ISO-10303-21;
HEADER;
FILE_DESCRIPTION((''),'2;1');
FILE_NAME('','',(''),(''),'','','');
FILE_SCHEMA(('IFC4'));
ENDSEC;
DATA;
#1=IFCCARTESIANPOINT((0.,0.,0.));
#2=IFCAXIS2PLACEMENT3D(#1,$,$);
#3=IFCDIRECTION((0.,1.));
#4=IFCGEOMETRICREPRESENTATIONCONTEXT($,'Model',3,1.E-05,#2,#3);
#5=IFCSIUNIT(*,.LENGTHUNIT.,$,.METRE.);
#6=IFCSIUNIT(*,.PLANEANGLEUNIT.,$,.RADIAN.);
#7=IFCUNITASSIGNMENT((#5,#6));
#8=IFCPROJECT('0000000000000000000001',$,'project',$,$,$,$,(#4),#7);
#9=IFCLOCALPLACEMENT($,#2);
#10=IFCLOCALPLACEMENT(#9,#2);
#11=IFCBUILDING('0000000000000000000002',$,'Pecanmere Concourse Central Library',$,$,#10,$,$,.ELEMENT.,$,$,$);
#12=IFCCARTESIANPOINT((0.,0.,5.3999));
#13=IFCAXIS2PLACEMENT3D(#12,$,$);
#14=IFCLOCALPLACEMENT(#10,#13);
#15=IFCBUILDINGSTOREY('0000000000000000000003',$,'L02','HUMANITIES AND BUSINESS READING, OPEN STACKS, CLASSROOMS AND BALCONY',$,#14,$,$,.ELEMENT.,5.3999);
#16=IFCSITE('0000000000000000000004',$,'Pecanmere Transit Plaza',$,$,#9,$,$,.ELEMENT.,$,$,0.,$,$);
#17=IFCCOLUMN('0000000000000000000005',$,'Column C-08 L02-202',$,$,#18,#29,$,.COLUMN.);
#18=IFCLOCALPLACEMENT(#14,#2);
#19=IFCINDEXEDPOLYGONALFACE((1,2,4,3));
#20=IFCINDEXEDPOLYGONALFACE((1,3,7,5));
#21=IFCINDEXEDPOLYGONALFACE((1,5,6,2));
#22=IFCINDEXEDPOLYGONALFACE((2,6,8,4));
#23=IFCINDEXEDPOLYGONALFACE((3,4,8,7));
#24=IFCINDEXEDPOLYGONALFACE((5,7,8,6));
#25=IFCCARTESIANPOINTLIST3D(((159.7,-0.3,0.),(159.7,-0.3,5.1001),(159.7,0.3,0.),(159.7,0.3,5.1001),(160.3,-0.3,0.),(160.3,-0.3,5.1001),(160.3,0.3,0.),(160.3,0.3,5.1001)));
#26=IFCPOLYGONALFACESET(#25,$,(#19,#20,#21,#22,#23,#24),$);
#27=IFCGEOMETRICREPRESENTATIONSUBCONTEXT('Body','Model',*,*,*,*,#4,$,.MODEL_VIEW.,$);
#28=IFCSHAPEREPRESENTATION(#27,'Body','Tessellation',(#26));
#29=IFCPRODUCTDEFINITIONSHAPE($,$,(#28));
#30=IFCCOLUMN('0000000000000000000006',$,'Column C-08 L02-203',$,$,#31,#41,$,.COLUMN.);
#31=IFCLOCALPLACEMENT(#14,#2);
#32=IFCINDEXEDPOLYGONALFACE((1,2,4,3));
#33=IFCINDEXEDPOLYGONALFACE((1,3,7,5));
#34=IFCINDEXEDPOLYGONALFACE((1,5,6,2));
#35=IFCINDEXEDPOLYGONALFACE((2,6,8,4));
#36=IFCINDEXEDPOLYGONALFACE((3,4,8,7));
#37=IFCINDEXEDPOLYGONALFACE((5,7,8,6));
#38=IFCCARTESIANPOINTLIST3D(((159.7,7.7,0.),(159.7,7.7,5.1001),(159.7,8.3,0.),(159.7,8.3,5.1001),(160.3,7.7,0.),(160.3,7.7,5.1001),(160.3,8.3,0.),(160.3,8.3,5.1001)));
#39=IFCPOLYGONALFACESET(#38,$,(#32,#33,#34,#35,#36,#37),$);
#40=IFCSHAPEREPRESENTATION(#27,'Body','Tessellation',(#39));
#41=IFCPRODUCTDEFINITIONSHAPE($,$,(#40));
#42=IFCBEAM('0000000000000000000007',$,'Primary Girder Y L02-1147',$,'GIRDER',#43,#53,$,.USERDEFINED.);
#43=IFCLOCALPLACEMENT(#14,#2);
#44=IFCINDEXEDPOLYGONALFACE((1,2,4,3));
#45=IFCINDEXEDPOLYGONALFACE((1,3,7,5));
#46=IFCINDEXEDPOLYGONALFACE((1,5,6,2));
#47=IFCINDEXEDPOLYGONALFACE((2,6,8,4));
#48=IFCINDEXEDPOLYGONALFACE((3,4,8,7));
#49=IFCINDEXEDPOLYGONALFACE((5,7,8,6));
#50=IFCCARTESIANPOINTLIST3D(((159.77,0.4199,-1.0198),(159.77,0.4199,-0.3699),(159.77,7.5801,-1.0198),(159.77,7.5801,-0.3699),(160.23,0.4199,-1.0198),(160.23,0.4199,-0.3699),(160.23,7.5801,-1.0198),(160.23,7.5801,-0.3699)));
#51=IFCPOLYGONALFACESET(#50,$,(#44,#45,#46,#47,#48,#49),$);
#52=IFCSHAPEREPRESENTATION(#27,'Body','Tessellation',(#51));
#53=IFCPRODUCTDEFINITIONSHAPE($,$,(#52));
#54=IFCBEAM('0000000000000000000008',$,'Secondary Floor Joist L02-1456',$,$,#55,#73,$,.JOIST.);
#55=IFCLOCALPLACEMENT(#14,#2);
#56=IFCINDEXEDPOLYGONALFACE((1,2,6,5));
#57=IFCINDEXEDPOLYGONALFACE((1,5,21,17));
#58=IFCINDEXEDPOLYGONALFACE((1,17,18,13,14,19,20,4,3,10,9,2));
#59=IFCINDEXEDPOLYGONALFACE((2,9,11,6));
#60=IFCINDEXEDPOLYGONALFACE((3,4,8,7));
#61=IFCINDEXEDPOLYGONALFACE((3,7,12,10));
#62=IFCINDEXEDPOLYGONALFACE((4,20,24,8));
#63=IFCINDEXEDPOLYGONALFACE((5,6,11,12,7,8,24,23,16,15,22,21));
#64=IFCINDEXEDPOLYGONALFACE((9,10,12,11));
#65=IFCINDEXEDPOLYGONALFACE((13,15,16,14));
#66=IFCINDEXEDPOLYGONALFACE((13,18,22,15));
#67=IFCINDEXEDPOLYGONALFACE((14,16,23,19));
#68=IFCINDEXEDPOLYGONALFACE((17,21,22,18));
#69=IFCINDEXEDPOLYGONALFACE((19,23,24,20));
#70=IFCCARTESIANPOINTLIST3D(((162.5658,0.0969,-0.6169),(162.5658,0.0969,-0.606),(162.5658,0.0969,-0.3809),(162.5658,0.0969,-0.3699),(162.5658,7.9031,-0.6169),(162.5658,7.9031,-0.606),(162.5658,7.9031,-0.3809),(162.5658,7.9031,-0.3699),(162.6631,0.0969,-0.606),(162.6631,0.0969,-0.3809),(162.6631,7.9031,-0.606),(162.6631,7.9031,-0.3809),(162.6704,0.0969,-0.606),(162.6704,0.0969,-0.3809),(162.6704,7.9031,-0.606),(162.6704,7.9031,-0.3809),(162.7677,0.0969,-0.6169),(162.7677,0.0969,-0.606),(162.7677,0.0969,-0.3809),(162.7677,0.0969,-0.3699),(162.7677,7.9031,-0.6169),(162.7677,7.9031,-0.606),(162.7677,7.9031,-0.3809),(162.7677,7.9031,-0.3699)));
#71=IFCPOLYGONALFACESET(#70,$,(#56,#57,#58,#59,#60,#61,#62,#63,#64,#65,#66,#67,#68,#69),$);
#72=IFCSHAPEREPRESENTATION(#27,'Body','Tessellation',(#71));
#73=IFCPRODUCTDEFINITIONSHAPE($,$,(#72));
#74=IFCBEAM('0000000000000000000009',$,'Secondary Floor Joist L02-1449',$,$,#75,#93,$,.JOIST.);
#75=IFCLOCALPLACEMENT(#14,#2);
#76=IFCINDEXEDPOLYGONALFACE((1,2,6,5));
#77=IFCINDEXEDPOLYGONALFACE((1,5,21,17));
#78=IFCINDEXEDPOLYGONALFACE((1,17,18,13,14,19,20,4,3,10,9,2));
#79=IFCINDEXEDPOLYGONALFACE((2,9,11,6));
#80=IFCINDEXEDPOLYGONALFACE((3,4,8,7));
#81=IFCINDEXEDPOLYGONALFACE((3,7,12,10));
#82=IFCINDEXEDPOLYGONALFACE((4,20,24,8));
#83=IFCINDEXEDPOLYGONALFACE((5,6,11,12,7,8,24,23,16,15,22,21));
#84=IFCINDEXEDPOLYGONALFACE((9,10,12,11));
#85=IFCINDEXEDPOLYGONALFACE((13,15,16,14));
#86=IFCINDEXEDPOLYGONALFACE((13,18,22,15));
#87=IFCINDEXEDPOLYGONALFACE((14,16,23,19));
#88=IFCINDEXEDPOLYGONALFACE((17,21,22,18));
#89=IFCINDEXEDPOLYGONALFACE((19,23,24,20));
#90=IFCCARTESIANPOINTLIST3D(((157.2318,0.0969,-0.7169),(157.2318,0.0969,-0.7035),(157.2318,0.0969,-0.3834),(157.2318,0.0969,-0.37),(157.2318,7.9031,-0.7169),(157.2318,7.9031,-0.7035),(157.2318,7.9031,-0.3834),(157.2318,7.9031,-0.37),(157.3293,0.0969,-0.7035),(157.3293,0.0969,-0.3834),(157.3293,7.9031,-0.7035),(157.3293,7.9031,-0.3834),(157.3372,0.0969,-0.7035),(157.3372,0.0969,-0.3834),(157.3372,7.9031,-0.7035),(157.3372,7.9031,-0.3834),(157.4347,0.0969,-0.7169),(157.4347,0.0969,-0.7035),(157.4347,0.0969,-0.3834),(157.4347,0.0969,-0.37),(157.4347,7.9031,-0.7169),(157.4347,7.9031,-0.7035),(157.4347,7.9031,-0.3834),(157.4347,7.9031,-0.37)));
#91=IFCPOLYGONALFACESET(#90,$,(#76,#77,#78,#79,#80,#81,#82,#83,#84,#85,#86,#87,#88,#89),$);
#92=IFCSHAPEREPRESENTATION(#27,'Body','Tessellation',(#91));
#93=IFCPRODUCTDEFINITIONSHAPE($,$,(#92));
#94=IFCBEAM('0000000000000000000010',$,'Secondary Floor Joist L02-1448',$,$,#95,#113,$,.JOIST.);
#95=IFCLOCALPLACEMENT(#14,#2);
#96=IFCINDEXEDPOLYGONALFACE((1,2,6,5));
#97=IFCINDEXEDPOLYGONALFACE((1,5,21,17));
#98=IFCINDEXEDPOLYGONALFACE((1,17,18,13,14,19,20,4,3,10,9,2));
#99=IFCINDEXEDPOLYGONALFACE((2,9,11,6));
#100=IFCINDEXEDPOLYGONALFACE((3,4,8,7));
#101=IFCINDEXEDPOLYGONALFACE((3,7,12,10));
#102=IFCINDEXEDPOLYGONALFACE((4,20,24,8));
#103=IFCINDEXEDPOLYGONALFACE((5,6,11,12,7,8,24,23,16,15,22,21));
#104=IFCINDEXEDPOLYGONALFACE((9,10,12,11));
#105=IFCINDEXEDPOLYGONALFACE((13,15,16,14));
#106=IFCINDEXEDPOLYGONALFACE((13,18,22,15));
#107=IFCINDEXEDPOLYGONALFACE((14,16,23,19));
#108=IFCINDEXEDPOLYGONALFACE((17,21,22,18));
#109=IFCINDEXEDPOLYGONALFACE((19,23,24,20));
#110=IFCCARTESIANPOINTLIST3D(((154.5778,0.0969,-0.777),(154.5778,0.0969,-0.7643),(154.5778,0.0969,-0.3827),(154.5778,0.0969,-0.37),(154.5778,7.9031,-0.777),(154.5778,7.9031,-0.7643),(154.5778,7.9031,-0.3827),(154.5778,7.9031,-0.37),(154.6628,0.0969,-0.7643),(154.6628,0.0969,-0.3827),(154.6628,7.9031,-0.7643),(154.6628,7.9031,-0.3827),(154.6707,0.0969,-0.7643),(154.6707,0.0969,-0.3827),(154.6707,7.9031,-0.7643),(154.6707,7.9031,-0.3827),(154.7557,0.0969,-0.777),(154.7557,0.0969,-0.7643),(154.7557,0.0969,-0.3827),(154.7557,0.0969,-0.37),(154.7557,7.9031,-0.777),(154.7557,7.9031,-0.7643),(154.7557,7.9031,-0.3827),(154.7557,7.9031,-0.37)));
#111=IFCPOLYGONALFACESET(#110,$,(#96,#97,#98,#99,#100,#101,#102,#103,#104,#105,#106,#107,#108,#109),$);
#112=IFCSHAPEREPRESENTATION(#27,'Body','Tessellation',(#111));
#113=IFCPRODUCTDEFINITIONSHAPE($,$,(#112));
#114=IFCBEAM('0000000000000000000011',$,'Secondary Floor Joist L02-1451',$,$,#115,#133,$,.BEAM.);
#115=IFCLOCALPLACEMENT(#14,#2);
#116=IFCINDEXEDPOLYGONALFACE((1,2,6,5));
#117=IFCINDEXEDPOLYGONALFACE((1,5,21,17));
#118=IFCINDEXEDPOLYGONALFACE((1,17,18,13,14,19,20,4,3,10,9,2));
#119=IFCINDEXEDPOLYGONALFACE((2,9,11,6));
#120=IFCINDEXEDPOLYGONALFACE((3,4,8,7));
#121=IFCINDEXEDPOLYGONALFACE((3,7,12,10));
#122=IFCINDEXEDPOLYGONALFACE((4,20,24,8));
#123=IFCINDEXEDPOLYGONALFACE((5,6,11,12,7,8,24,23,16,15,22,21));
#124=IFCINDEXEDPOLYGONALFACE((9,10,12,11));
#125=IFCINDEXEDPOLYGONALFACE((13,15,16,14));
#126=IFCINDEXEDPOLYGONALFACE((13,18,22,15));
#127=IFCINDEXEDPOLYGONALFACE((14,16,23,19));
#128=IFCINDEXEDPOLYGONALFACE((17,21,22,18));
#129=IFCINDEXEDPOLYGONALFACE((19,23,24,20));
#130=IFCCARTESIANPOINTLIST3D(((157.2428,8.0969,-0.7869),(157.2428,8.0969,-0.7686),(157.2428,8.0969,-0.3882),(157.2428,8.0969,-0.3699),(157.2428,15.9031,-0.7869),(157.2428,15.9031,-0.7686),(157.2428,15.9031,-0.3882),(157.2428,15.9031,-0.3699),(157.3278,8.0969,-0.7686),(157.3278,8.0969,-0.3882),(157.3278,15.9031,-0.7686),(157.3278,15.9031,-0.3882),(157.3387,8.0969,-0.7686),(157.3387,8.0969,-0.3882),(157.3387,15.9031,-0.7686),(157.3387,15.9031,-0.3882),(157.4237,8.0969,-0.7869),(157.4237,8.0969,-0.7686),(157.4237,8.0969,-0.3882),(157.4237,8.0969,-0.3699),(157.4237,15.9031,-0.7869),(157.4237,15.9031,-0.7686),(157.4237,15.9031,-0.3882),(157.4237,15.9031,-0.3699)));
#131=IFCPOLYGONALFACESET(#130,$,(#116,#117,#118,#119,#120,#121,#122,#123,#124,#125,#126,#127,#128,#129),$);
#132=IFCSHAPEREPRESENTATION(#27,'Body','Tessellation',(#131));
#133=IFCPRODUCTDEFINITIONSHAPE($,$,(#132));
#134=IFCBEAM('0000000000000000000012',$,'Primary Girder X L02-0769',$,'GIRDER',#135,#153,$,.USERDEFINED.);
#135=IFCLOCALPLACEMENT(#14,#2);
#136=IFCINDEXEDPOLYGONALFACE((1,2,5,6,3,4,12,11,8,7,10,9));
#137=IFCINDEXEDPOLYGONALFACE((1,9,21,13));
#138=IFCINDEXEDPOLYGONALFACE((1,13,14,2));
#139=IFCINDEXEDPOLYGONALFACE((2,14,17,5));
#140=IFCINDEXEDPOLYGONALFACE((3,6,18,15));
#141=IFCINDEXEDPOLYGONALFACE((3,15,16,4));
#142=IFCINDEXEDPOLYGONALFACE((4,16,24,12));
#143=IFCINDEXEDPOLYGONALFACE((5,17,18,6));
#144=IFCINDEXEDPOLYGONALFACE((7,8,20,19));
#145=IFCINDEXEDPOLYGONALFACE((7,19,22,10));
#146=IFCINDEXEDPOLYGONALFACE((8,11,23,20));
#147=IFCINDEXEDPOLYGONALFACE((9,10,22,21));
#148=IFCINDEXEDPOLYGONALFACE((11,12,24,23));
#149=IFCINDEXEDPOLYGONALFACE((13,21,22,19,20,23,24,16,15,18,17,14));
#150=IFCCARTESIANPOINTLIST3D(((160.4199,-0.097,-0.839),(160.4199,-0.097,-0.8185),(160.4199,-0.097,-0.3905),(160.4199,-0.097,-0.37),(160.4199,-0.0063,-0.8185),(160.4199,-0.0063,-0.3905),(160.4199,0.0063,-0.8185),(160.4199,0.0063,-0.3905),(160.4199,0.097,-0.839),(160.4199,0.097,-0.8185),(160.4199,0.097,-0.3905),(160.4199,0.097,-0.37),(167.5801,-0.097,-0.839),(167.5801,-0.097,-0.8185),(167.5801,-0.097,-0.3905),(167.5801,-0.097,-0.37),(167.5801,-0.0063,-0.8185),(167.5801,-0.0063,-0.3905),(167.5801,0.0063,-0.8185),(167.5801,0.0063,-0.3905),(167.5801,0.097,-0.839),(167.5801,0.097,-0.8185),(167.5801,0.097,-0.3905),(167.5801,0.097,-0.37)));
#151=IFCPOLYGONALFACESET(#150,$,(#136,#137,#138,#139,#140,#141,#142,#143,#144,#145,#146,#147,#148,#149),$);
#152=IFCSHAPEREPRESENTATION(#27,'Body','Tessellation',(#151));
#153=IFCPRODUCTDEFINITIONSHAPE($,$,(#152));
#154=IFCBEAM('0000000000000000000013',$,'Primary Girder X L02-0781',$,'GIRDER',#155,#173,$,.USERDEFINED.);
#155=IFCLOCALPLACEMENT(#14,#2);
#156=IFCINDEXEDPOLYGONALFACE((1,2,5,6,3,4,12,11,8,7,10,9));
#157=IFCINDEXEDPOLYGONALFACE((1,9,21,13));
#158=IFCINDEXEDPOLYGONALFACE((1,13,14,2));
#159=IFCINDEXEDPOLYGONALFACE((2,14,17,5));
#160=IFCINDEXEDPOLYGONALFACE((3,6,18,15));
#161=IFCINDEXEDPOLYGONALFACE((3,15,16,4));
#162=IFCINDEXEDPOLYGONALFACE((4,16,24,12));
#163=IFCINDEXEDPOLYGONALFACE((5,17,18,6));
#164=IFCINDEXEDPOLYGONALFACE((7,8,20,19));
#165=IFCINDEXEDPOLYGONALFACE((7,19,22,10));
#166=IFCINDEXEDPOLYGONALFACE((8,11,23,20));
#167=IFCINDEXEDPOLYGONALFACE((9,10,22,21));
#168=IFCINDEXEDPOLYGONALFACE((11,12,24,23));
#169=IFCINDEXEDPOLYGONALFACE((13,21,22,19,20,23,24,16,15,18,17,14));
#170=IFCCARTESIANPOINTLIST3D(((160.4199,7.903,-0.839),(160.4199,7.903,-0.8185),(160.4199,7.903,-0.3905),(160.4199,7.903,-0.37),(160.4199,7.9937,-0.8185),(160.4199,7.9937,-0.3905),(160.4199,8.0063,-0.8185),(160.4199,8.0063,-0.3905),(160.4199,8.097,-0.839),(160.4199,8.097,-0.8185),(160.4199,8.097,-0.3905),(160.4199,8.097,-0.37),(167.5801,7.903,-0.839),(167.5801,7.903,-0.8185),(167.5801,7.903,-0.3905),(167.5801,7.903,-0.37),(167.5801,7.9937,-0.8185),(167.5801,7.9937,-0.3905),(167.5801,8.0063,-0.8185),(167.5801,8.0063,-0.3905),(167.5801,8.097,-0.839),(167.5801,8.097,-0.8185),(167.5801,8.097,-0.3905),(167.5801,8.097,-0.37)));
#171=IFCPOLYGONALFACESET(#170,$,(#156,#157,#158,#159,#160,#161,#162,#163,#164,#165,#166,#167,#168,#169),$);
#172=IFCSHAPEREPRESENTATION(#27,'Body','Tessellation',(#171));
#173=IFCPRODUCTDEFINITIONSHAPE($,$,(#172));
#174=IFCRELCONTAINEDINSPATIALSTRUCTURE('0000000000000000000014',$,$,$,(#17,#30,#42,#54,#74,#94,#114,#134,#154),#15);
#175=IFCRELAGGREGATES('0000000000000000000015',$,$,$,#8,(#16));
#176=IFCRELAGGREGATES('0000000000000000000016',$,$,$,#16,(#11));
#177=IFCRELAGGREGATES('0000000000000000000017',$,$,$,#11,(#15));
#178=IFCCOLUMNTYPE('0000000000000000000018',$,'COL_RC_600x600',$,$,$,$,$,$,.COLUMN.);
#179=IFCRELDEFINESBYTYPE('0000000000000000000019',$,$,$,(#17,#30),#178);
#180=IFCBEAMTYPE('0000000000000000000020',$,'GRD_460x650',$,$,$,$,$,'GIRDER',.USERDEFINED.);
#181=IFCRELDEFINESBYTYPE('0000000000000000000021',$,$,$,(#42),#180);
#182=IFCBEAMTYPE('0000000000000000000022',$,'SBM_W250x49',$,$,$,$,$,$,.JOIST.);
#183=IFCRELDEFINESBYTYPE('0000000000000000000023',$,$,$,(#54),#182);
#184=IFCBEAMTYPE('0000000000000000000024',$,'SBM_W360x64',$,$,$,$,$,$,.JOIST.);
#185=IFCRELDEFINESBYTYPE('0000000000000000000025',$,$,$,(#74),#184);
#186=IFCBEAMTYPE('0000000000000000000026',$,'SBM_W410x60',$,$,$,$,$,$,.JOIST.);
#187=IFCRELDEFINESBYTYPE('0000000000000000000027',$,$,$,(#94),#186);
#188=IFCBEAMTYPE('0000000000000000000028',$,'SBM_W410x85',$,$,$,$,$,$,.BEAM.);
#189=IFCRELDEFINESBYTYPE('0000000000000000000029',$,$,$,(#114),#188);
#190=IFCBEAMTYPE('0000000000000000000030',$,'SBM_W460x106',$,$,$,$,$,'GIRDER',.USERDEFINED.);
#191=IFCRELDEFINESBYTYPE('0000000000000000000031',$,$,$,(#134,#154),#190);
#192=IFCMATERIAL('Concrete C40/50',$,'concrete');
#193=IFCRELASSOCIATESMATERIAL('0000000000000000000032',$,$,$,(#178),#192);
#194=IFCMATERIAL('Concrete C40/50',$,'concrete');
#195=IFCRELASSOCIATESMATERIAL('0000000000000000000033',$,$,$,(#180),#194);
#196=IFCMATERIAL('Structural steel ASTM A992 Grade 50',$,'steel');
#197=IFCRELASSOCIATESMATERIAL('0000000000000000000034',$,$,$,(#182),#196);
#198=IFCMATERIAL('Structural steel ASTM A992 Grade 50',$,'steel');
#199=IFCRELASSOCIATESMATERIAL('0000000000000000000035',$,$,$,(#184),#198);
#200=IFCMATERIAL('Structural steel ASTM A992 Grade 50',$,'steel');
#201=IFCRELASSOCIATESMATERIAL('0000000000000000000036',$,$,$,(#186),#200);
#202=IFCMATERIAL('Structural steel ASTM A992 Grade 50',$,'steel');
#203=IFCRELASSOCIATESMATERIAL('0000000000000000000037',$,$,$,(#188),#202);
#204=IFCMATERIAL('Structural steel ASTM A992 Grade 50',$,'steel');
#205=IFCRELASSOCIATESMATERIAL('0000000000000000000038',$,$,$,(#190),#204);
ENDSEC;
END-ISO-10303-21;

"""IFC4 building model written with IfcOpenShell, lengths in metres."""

from ifc_helpers import new_model, si_unit, direction, frame, origin, origin_2d, place, context, subcontext, project, spatial, rectangle, i_section, extrude, material, material_profile, profile_set, type_object, element, save


model = new_model("IFC4")

# Units and contexts
model_context = context("Model", 3, precision=1e-05, world=origin(), true_north=direction((0.0, 1.0)))
body_context = subcontext(model_context, "Body", "Model", "MODEL_VIEW")
ifc_project = project(units=[si_unit("LENGTHUNIT", "METRE"), si_unit("PLANEANGLEUNIT", "RADIAN")], contexts=[model_context])

# Site, building, storey
site_placement = place(None, origin())
site = spatial("IfcSite", under=ifc_project, at=site_placement, Name="Pecanmere Transit Plaza", CompositionType="ELEMENT", RefElevation=0.0)
building_placement = place(site_placement, origin())
building = spatial("IfcBuilding", under=site, at=building_placement, Name="Pecanmere Concourse Central Library", CompositionType="ELEMENT")
storey_placement = place(building_placement, frame((0.0, 0.0, 5.3999)))
storey = spatial("IfcBuildingStorey", under=building, at=storey_placement, Name="L02", Description="HUMANITIES AND BUSINESS READING, OPEN STACKS, CLASSROOMS AND BALCONY", CompositionType="ELEMENT", Elevation=5.3999)

# Columns
ifc_material_1 = material(Name="Concrete C40/50", Category="concrete")
ifc_material_profile_1 = material_profile(ifc_material_1, rectangle(XDim=0.6001, YDim=0.6001, at=origin_2d()), Name="RC 600x600")
ifc_profile_set_1 = profile_set([ifc_material_profile_1], Name="Concrete C40/50")
column_type = type_object("IfcColumnType", Name="COL_RC_600x600", PredefinedType="COLUMN", material=ifc_profile_set_1)
for number, where, z_axis, x_axis, name in (
    (1, (160.0, 0.0, 0.0), (0.0, 0.0, 1.0), (1.0, 0.0, 0.0), "Column C-08 L02-202"),
    (2, (160.0, 8.0, 0.0), (0.0, 0.0, 1.0), (1.0, 0.0, 0.0), "Column C-08 L02-203"),
):
    element("IfcColumn", number, at=place(storey_placement, frame(where, z_axis=z_axis, x_axis=x_axis)), inside=storey, type_object=column_type, Name=name, PredefinedType="COLUMN", context=body_context, shape_type="SweptSolid", body=[
        extrude(rectangle(XDim=0.6001, YDim=0.6001, at=origin_2d()), origin(), (0.0, 0.0, 1.0), 5.1001),
    ])

# Beams
ifc_material_2 = material(Name="Concrete C40/50", Category="concrete")
ifc_material_profile_2 = material_profile(ifc_material_2, rectangle(XDim=0.46, YDim=0.6499, at=origin_2d()), Name="RC 460x650")
ifc_profile_set_2 = profile_set([ifc_material_profile_2], Name="Concrete C40/50")
beam_type_1 = type_object("IfcBeamType", Name="GRD_460x650", ElementType="GIRDER", PredefinedType="USERDEFINED", material=ifc_profile_set_2)
beam_1_placement = place(storey_placement, frame((160.0, 0.4199, -0.6948), z_axis=(0.0, 1.0, 0.0), x_axis=(-1.0, 0.0, 0.0)))
element("IfcBeam", 3, at=beam_1_placement, inside=storey, type_object=beam_type_1, Name="Primary Girder Y L02-1147", ObjectType="GIRDER", PredefinedType="USERDEFINED", context=body_context, shape_type="SweptSolid", body=[
    extrude(rectangle(XDim=0.46, YDim=0.6499, at=origin_2d()), origin(), (0.0, 0.0, 1.0), 7.1602),
])
ifc_material_3 = material(Name="Structural steel ASTM A992 Grade 50", Category="steel")
ifc_material_profile_3 = material_profile(ifc_material_3, i_section(OverallWidth=0.2019, OverallDepth=0.2471, WebThickness=0.0073, FlangeThickness=0.011, at=origin_2d()), Name="W250x49.1")
ifc_profile_set_3 = profile_set([ifc_material_profile_3], Name="Structural steel ASTM A992 Grade 50")
beam_type_2 = type_object("IfcBeamType", Name="SBM_W250x49", PredefinedType="JOIST", material=ifc_profile_set_3)
beam_2_placement = place(storey_placement, frame((162.6667, 0.0969, -0.4934), z_axis=(0.0, 1.0, 0.0), x_axis=(-1.0, 0.0, 0.0)))
element("IfcBeam", 4, at=beam_2_placement, inside=storey, type_object=beam_type_2, Name="Secondary Floor Joist L02-1456", PredefinedType="JOIST", context=body_context, shape_type="SweptSolid", body=[
    extrude(i_section(OverallWidth=0.2019, OverallDepth=0.2471, WebThickness=0.0073, FlangeThickness=0.011, at=origin_2d()), origin(), (0.0, 0.0, 1.0), 7.8062),
])
ifc_material_4 = material(Name="Structural steel ASTM A992 Grade 50", Category="steel")
ifc_material_profile_4 = material_profile(ifc_material_4, i_section(OverallWidth=0.2029, OverallDepth=0.3469, WebThickness=0.0078, FlangeThickness=0.0134, at=origin_2d()), Name="W360x64")
ifc_profile_set_4 = profile_set([ifc_material_profile_4], Name="Structural steel ASTM A992 Grade 50")
beam_type_3 = type_object("IfcBeamType", Name="SBM_W360x64", PredefinedType="JOIST", material=ifc_profile_set_4)
beam_3_placement = place(storey_placement, frame((157.3333, 0.0969, -0.5435), z_axis=(0.0, 1.0, 0.0), x_axis=(-1.0, 0.0, 0.0)))
element("IfcBeam", 5, at=beam_3_placement, inside=storey, type_object=beam_type_3, Name="Secondary Floor Joist L02-1449", PredefinedType="JOIST", context=body_context, shape_type="SweptSolid", body=[
    extrude(i_section(OverallWidth=0.2029, OverallDepth=0.3469, WebThickness=0.0078, FlangeThickness=0.0134, at=origin_2d()), origin(), (0.0, 0.0, 1.0), 7.8062),
])
ifc_material_5 = material(Name="Structural steel ASTM A992 Grade 50", Category="steel")
ifc_material_profile_5 = material_profile(ifc_material_5, i_section(OverallWidth=0.178, OverallDepth=0.407, WebThickness=0.0078, FlangeThickness=0.0127, at=origin_2d()), Name="W410x60")
ifc_profile_set_5 = profile_set([ifc_material_profile_5], Name="Structural steel ASTM A992 Grade 50")
beam_type_4 = type_object("IfcBeamType", Name="SBM_W410x60", PredefinedType="JOIST", material=ifc_profile_set_5)
beam_4_placement = place(storey_placement, frame((154.6667, 0.0969, -0.5735), z_axis=(0.0, 1.0, 0.0), x_axis=(-1.0, 0.0, 0.0)))
element("IfcBeam", 6, at=beam_4_placement, inside=storey, type_object=beam_type_4, Name="Secondary Floor Joist L02-1448", PredefinedType="JOIST", context=body_context, shape_type="SweptSolid", body=[
    extrude(i_section(OverallWidth=0.178, OverallDepth=0.407, WebThickness=0.0078, FlangeThickness=0.0127, at=origin_2d()), origin(), (0.0, 0.0, 1.0), 7.8062),
])
ifc_material_6 = material(Name="Structural steel ASTM A992 Grade 50", Category="steel")
ifc_material_profile_6 = material_profile(ifc_material_6, i_section(OverallWidth=0.1809, OverallDepth=0.417, WebThickness=0.011, FlangeThickness=0.0183, at=origin_2d()), Name="W410x85")
ifc_profile_set_6 = profile_set([ifc_material_profile_6], Name="Structural steel ASTM A992 Grade 50")
beam_type_5 = type_object("IfcBeamType", Name="SBM_W410x85", PredefinedType="BEAM", material=ifc_profile_set_6)
beam_5_placement = place(storey_placement, frame((157.3333, 8.0969, -0.5784), z_axis=(0.0, 1.0, 0.0), x_axis=(-1.0, 0.0, 0.0)))
element("IfcBeam", 7, at=beam_5_placement, inside=storey, type_object=beam_type_5, Name="Secondary Floor Joist L02-1451", PredefinedType="BEAM", context=body_context, shape_type="SweptSolid", body=[
    extrude(i_section(OverallWidth=0.1809, OverallDepth=0.417, WebThickness=0.011, FlangeThickness=0.0183, at=origin_2d()), origin(), (0.0, 0.0, 1.0), 7.8062),
])
ifc_material_7 = material(Name="Structural steel ASTM A992 Grade 50", Category="steel")
ifc_material_profile_7 = material_profile(ifc_material_7, i_section(OverallWidth=0.1941, OverallDepth=0.469, WebThickness=0.0127, FlangeThickness=0.0205, at=origin_2d()), Name="W460x106")
ifc_profile_set_7 = profile_set([ifc_material_profile_7], Name="Structural steel ASTM A992 Grade 50")
beam_type_6 = type_object("IfcBeamType", Name="SBM_W460x106", ElementType="GIRDER", PredefinedType="USERDEFINED", material=ifc_profile_set_7)
for number, where, z_axis, x_axis, name in (
    (8, (160.4199, 0.0, -0.6045), (1.0, 0.0, 0.0), (0.0, 1.0, 0.0), "Primary Girder X L02-0769"),
    (9, (160.4199, 8.0, -0.6045), (1.0, 0.0, 0.0), (0.0, 1.0, 0.0), "Primary Girder X L02-0781"),
):
    element("IfcBeam", number, at=place(storey_placement, frame(where, z_axis=z_axis, x_axis=x_axis)), inside=storey, type_object=beam_type_6, Name=name, ObjectType="GIRDER", PredefinedType="USERDEFINED", context=body_context, shape_type="SweptSolid", body=[
        extrude(i_section(OverallWidth=0.1941, OverallDepth=0.469, WebThickness=0.0127, FlangeThickness=0.0205, at=origin_2d()), origin(), (0.0, 0.0, 1.0), 7.1602),
    ])

save(model, "model.ifc")
